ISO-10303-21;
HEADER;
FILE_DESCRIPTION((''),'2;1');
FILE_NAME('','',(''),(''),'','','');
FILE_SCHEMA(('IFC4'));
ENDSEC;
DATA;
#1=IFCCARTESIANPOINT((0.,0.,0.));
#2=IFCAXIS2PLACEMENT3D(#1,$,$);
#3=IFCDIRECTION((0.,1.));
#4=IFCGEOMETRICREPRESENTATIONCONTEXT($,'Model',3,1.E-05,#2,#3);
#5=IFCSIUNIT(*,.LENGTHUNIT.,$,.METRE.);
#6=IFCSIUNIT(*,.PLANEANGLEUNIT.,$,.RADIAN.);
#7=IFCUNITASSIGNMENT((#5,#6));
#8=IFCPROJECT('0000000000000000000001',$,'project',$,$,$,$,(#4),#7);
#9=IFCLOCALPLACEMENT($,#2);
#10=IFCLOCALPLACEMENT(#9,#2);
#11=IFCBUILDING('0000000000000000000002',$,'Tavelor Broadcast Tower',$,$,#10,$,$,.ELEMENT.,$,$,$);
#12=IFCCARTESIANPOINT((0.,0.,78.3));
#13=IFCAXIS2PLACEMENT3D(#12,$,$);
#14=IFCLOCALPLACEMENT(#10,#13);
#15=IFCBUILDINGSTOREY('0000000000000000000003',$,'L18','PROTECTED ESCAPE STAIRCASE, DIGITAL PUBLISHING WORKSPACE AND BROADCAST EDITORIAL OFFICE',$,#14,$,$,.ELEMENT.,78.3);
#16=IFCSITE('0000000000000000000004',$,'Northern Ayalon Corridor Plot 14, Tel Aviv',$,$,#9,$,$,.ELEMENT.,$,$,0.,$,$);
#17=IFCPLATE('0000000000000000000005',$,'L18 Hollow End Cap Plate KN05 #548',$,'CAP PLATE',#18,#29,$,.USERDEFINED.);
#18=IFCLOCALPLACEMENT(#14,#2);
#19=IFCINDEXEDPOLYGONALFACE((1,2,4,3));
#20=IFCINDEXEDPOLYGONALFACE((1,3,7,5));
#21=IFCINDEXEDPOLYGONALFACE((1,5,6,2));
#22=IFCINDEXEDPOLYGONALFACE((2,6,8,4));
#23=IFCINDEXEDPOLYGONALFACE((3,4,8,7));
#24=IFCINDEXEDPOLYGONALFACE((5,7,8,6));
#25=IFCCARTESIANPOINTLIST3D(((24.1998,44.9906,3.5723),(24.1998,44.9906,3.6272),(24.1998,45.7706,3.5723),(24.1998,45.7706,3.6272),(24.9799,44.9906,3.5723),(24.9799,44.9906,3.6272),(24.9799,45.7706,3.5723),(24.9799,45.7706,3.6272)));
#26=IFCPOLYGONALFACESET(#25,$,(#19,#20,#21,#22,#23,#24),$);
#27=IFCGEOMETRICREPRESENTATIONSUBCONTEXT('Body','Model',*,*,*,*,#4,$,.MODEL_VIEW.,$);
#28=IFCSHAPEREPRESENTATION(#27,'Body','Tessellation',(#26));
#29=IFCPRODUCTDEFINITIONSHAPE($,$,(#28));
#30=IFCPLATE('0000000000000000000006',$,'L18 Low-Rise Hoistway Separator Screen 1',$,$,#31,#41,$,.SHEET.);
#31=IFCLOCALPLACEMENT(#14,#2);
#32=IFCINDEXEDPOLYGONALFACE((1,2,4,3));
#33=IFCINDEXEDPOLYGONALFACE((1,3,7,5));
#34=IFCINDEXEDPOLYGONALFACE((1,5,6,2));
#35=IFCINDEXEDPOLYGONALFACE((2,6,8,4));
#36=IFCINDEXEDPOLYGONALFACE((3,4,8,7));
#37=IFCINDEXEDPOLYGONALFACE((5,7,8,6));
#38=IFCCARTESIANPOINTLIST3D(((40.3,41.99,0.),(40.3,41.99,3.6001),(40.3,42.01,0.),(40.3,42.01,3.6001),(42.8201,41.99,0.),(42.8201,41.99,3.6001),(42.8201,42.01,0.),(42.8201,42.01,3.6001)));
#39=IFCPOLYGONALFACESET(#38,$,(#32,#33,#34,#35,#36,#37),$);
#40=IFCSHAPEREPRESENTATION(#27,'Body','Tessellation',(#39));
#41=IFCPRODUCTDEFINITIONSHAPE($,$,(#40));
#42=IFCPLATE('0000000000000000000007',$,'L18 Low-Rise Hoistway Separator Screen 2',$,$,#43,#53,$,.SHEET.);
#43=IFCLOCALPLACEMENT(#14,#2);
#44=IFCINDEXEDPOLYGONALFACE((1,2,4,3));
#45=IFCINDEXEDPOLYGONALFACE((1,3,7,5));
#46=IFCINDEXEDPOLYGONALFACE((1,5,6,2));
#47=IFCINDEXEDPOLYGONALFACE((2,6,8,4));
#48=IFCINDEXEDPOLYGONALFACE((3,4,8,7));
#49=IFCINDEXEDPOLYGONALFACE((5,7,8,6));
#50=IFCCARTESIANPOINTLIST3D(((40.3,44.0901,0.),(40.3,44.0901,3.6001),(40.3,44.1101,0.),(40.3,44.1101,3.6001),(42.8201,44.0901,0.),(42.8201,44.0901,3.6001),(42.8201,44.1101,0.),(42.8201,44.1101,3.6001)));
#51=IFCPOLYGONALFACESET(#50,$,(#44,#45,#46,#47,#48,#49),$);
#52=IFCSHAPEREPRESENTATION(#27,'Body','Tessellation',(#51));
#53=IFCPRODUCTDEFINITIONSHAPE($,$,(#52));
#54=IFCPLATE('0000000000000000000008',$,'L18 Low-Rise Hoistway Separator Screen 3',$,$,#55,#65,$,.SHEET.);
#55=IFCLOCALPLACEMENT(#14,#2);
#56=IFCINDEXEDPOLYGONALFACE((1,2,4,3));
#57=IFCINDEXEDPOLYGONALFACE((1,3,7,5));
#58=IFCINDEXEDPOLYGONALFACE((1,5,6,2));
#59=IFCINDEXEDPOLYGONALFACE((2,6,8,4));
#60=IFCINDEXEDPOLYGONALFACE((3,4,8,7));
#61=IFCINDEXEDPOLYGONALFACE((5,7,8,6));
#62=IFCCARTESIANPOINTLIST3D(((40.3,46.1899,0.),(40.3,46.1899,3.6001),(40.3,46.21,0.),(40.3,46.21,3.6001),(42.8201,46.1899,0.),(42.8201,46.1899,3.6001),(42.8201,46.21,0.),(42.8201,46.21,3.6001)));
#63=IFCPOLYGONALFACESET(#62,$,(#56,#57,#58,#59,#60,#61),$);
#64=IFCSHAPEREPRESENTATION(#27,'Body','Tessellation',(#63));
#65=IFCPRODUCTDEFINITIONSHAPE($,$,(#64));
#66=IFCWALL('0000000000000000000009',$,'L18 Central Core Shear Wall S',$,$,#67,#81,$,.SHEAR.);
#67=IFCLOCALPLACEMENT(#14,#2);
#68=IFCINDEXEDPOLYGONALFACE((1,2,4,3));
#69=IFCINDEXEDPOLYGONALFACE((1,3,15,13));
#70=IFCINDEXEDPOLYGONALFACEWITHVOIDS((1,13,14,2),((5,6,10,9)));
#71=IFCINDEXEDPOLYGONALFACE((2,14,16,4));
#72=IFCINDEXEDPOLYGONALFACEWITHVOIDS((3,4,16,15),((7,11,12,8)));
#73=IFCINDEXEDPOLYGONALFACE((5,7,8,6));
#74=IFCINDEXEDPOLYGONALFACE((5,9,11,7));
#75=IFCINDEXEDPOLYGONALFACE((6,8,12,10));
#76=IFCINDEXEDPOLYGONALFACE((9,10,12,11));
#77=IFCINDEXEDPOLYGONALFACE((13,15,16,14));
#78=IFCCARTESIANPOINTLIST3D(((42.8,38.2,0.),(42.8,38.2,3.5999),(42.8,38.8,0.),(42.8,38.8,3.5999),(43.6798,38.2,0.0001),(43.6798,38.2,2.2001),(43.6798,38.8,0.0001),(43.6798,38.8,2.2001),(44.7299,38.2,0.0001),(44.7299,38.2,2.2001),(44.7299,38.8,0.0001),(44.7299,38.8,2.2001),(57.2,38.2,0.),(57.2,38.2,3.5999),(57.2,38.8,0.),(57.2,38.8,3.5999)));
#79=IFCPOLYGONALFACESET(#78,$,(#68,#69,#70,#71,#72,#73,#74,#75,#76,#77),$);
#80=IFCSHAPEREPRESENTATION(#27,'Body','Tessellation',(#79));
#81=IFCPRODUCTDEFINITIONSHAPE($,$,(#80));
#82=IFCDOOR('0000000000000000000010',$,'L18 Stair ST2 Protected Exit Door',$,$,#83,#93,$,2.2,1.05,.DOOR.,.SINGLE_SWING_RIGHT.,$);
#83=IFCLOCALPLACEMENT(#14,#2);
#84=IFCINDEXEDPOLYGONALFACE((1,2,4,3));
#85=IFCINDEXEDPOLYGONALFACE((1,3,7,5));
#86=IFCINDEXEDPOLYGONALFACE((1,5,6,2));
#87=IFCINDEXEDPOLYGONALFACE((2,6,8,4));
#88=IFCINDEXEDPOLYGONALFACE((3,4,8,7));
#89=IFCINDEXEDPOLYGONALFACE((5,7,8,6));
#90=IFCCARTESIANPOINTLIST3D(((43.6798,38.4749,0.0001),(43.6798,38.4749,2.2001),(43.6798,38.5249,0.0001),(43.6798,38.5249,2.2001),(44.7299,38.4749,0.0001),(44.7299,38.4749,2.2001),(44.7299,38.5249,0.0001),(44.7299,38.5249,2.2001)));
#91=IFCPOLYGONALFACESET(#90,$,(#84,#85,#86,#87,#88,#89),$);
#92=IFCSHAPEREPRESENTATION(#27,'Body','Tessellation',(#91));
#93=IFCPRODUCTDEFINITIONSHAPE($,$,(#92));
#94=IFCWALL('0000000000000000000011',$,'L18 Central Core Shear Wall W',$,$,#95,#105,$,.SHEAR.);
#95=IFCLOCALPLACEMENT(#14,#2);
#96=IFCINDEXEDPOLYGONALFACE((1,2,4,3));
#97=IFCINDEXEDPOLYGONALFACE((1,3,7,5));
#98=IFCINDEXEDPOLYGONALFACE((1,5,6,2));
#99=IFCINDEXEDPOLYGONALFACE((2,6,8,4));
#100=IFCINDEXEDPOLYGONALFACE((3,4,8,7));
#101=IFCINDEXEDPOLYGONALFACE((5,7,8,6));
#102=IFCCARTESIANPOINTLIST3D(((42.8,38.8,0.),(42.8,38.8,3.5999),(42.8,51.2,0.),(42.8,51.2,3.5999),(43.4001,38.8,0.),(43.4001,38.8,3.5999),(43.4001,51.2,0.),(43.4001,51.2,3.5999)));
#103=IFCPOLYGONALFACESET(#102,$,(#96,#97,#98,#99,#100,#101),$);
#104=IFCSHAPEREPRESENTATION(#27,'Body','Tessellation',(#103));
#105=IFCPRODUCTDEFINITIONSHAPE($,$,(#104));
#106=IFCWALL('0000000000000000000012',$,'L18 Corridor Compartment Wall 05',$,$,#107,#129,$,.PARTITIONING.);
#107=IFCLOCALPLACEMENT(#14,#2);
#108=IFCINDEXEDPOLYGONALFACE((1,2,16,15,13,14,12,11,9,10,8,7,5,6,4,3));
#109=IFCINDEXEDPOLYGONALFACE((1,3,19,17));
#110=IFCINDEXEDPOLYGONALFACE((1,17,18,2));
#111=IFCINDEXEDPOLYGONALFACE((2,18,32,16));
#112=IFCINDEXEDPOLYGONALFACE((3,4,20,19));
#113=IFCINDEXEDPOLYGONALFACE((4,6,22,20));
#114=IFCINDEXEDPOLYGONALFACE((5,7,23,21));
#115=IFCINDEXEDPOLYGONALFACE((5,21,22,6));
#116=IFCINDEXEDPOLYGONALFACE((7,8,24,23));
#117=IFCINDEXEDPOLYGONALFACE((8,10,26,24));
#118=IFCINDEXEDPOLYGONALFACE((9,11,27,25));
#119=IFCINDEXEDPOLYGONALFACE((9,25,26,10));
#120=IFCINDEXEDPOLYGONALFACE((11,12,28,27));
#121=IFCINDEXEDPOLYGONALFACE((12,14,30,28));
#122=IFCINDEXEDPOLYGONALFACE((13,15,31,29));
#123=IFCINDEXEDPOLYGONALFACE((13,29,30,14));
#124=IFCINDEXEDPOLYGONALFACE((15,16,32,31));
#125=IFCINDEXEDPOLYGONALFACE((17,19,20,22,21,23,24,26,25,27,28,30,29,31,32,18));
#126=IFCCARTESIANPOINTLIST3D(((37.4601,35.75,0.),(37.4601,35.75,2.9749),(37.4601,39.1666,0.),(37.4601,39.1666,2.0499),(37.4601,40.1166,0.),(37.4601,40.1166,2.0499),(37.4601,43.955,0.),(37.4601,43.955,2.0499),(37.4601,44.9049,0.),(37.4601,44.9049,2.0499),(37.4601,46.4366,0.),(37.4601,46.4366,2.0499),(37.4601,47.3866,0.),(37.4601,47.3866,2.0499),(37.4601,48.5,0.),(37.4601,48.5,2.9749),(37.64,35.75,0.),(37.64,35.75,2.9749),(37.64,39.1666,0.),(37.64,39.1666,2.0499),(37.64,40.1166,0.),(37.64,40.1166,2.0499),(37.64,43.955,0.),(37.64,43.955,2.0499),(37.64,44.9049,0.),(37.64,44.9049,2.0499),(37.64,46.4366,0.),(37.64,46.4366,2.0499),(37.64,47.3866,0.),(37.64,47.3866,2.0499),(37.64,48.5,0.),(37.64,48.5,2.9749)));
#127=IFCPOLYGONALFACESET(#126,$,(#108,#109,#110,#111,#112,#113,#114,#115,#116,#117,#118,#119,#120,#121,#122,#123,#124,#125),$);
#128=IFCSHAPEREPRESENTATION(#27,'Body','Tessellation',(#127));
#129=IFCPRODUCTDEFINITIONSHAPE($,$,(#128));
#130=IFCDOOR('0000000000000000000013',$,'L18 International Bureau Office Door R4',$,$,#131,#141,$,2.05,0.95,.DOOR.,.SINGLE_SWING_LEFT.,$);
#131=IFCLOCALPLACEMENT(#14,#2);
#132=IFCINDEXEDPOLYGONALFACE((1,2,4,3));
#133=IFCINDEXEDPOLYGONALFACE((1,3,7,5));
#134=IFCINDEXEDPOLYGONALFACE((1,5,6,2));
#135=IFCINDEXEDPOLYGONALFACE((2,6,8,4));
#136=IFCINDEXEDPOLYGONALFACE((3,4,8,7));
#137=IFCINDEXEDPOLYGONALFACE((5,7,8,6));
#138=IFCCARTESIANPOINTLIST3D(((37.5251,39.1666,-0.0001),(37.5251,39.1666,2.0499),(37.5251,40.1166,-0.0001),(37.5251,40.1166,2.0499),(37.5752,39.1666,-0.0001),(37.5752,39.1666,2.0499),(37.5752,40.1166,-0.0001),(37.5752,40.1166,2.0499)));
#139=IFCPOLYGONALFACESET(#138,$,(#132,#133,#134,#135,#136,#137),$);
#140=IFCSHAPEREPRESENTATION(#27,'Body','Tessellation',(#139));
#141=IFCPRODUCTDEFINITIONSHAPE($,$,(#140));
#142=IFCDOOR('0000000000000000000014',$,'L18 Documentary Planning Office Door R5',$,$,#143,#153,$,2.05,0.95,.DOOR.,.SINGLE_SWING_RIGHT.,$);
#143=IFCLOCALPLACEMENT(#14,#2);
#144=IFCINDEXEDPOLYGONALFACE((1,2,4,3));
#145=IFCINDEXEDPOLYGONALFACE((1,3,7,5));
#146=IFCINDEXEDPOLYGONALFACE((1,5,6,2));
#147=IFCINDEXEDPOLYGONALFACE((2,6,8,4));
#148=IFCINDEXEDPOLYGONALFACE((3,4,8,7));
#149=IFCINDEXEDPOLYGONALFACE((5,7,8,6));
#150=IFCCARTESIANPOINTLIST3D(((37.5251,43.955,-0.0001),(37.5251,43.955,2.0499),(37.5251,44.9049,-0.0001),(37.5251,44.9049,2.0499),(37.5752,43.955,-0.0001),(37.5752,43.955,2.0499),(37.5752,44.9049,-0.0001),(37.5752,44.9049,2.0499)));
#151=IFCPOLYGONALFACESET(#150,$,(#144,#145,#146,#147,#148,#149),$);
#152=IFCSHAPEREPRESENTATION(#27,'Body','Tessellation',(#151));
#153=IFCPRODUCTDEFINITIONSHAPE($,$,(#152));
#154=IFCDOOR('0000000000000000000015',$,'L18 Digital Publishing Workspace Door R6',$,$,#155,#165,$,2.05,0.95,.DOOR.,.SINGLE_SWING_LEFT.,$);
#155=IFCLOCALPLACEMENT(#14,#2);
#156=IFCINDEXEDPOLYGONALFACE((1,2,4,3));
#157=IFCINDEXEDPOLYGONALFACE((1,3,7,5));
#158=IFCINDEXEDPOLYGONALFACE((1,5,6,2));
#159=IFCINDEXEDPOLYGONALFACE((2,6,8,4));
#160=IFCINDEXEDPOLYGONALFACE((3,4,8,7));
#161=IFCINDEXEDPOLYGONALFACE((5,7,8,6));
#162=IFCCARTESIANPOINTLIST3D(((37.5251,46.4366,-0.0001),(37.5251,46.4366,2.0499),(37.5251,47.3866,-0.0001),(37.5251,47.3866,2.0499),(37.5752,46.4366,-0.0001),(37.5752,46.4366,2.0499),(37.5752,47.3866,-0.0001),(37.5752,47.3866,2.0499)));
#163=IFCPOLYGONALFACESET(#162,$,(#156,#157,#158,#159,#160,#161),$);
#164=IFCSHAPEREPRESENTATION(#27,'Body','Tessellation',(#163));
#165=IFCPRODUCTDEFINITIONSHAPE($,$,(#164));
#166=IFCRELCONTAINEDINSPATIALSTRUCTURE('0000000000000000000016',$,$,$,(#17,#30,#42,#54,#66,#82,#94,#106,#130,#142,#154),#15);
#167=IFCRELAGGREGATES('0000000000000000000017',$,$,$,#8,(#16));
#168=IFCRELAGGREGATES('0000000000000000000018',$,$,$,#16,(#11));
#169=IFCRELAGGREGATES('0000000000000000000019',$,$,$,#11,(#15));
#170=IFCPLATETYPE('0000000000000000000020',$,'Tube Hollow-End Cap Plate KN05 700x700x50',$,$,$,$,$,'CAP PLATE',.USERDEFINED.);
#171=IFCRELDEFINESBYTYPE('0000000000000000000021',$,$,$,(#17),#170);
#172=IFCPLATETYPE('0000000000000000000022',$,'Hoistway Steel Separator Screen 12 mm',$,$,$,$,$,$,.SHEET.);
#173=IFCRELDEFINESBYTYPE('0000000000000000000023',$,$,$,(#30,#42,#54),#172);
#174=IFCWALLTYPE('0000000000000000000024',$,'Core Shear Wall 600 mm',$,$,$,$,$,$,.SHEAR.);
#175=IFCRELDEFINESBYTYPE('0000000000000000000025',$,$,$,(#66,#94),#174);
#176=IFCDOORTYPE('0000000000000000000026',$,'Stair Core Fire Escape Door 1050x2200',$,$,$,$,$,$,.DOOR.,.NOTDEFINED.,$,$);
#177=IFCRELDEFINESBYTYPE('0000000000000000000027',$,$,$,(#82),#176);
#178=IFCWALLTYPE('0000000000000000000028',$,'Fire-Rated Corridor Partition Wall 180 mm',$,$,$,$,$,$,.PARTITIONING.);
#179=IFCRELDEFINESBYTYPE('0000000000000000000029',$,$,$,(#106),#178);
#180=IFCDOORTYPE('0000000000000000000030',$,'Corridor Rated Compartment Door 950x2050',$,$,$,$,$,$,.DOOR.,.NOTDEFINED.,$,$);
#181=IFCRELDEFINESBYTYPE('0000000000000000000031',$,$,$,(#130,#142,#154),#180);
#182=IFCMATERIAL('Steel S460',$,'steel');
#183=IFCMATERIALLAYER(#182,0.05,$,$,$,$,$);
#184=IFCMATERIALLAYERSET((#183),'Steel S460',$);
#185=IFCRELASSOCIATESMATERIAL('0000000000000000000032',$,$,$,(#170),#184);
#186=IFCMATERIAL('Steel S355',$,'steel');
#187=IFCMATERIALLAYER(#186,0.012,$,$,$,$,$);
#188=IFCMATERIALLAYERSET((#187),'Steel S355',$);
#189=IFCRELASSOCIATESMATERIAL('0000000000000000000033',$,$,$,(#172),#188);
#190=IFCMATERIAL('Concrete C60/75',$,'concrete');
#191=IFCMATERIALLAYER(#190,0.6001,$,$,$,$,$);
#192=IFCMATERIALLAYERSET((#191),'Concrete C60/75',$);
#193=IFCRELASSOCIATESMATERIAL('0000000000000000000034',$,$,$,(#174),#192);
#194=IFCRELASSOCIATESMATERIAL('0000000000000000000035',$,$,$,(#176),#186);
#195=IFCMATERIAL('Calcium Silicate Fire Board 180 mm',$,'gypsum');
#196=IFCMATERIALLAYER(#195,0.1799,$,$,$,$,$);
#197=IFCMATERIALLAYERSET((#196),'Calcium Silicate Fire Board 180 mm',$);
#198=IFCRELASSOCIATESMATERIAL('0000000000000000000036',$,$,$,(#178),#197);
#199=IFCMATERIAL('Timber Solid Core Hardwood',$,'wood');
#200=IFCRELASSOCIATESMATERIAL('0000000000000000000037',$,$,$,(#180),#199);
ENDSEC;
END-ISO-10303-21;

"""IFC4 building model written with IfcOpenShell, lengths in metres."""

from ifc_helpers import new_model, si_unit, direction, frame, frame_2d, origin, origin_2d, place, context, subcontext, project, spatial, rectangle, extrude, source, transform, mapped, material, layer, layer_set, type_object, type_shapes, element, fill, save


model = new_model("IFC4")

# Units and contexts
model_context = context("Model", 3, precision=1e-05, world=origin(), true_north=direction((0.0, 1.0)))
body_context = subcontext(model_context, "Body", "Model", "MODEL_VIEW")
ifc_project = project(units=[si_unit("LENGTHUNIT", "METRE"), si_unit("PLANEANGLEUNIT", "RADIAN")], contexts=[model_context])

# Site, building, storey
site_placement = place(None, origin())
site = spatial("IfcSite", under=ifc_project, at=site_placement, Name="Northern Ayalon Corridor Plot 14, Tel Aviv", CompositionType="ELEMENT", RefElevation=0.0)
building_placement = place(site_placement, origin())
building = spatial("IfcBuilding", under=site, at=building_placement, Name="Tavelor Broadcast Tower", CompositionType="ELEMENT")
storey_placement = place(building_placement, frame((0.0, 0.0, 78.3)))
storey = spatial("IfcBuildingStorey", under=building, at=storey_placement, Name="L18", Description="PROTECTED ESCAPE STAIRCASE, DIGITAL PUBLISHING WORKSPACE AND BROADCAST EDITORIAL OFFICE", CompositionType="ELEMENT", Elevation=78.3)

# Shared definitions
ifc_material_1 = material(Name="Concrete C60/75", Category="concrete")

# Shared definitions
ifc_material_2 = material(Name="Steel S355", Category="steel")

# Plates
ifc_material_3 = material(Name="Steel S460", Category="steel")
ifc_layer_1 = layer(ifc_material_3, 0.05)
ifc_layer_set_1 = layer_set([ifc_layer_1], Name="Steel S460")
plate_type_1 = type_object("IfcPlateType", Name="Tube Hollow-End Cap Plate KN05 700x700x50", ElementType="CAP PLATE", PredefinedType="USERDEFINED", material=ifc_layer_set_1)
shared_shape_1 = source(origin(), body_context, "Body", "SweptSolid", [
    extrude(rectangle(XDim=0.78, YDim=0.78, at=origin_2d()), origin(), (0.0, 0.0, 1.0), 0.0549),
])
type_shapes(plate_type_1, [shared_shape_1])
plate_placement = place(storey_placement, frame((24.5898, 45.3806, 3.5723), z_axis=(0.0, 0.0, 1.0), x_axis=(1.0, 0.0, 0.0)))
element("IfcPlate", 1, at=plate_placement, inside=storey, type_object=plate_type_1, Name="L18 Hollow End Cap Plate KN05 #548", ObjectType="CAP PLATE", PredefinedType="USERDEFINED", context=body_context, shape_type="MappedRepresentation", body=[
    mapped(shared_shape_1, transform((0.0, 0.0, 0.0), scale=1.0)),
])
ifc_layer_2 = layer(ifc_material_2, 0.012)
ifc_layer_set_2 = layer_set([ifc_layer_2], Name="Steel S355")
plate_type_2 = type_object("IfcPlateType", Name="Hoistway Steel Separator Screen 12 mm", PredefinedType="SHEET", material=ifc_layer_set_2)
shared_shape_2 = source(origin(), body_context, "Body", "SweptSolid", [
    extrude(rectangle(XDim=2.52, YDim=0.02, at=origin_2d()), origin(), (0.0, 0.0, 1.0), 3.6001),
])
type_shapes(plate_type_2, [shared_shape_2])
for number, where, z_axis, x_axis, name in (
    (2, (41.5601, 42.0, 0.0), (0.0, 0.0, 1.0), (1.0, 0.0, 0.0), "L18 Low-Rise Hoistway Separator Screen 1"),
    (3, (41.5601, 44.1001, 0.0), (0.0, 0.0, 1.0), (1.0, 0.0, 0.0), "L18 Low-Rise Hoistway Separator Screen 2"),
    (4, (41.5601, 46.2, 0.0), (0.0, 0.0, 1.0), (1.0, 0.0, 0.0), "L18 Low-Rise Hoistway Separator Screen 3"),
):
    element("IfcPlate", number, at=place(storey_placement, frame(where, z_axis=z_axis, x_axis=x_axis)), inside=storey, type_object=plate_type_2, Name=name, PredefinedType="SHEET", context=body_context, shape_type="MappedRepresentation", body=[
        mapped(shared_shape_2, transform((0.0, 0.0, 0.0), scale=1.0)),
    ])

# Wall, opening, door
ifc_layer_3 = layer(ifc_material_1, 0.6001)
ifc_layer_set_3 = layer_set([ifc_layer_3], Name="Concrete C60/75")
wall_type_1 = type_object("IfcWallType", Name="Core Shear Wall 600 mm", PredefinedType="SHEAR", material=ifc_layer_set_3)
wall_1_placement = place(storey_placement, frame((42.8, 38.5, 0.0), z_axis=(0.0, 0.0, 1.0), x_axis=(1.0, 0.0, 0.0)))
wall_1 = element("IfcWall", 5, at=wall_1_placement, inside=storey, type_object=wall_type_1, Name="L18 Central Core Shear Wall S", PredefinedType="SHEAR", context=body_context, shape_type="SweptSolid", body=[
    extrude(rectangle(XDim=14.3999, YDim=0.6001, at=frame_2d((7.2, 0.0))), origin(), (0.0, 0.0, 1.0), 3.5999),
])
opening_1_placement = place(wall_1_placement, frame((0.8799, 0.0, 0.0)))
opening_1 = element("IfcOpeningElement", 6, at=opening_1_placement, cuts=wall_1, PredefinedType="OPENING", context=body_context, shape_type="SweptSolid", body=[
    extrude(rectangle(XDim=1.05, YDim=2.2, at=frame_2d((0.5249, 1.1001))), frame((0.0, 0.3101, 0.0), z_axis=(0.0, -1.0, 0.0), x_axis=(1.0, 0.0, 0.0)), (0.0, 0.0, 1.0), 0.6201),
])
door_type_1 = type_object("IfcDoorType", Name="Stair Core Fire Escape Door 1050x2200", OperationType="NOTDEFINED", PredefinedType="DOOR", material=ifc_material_2)
door_1_placement = place(opening_1_placement, origin())
door_1 = element("IfcDoor", 7, at=door_1_placement, inside=storey, type_object=door_type_1, Name="L18 Stair ST2 Protected Exit Door", OperationType="SINGLE_SWING_RIGHT", OverallHeight=2.2, OverallWidth=1.05, PredefinedType="DOOR", context=body_context, shape_type="SweptSolid", body=[
    extrude(rectangle(XDim=1.05, YDim=2.2, at=frame_2d((0.5249, 1.1001))), frame((0.0, 0.0249, 0.0), z_axis=(0.0, -1.0, 0.0), x_axis=(1.0, 0.0, 0.0)), (0.0, 0.0, 1.0), 0.05),
])
fill(opening_1, door_1)

# Wall
wall_2_placement = place(storey_placement, frame((43.1001, 38.8, 0.0), z_axis=(0.0, 0.0, 1.0), x_axis=(0.0, 1.0, 0.0)))
element("IfcWall", 8, at=wall_2_placement, inside=storey, type_object=wall_type_1, Name="L18 Central Core Shear Wall W", PredefinedType="SHEAR", context=body_context, shape_type="SweptSolid", body=[
    extrude(rectangle(XDim=12.3999, YDim=0.6001, at=frame_2d((6.2, 0.0))), origin(), (0.0, 0.0, 1.0), 3.5999),
])

# Wall, openings, doors
ifc_material_4 = material(Name="Calcium Silicate Fire Board 180 mm", Category="gypsum")
ifc_layer_4 = layer(ifc_material_4, 0.1799)
ifc_layer_set_4 = layer_set([ifc_layer_4], Name="Calcium Silicate Fire Board 180 mm")
wall_type_2 = type_object("IfcWallType", Name="Fire-Rated Corridor Partition Wall 180 mm", PredefinedType="PARTITIONING", material=ifc_layer_set_4)
wall_3_placement = place(storey_placement, frame((37.55, 35.75, 0.0), z_axis=(0.0, 0.0, 1.0), x_axis=(0.0, 1.0, 0.0)))
wall_3 = element("IfcWall", 9, at=wall_3_placement, inside=storey, type_object=wall_type_2, Name="L18 Corridor Compartment Wall 05", PredefinedType="PARTITIONING", context=body_context, shape_type="SweptSolid", body=[
    extrude(rectangle(XDim=12.75, YDim=0.1799, at=frame_2d((6.375, 0.0))), origin(), (0.0, 0.0, 1.0), 2.9749),
])
opening_2_placement = place(wall_3_placement, frame((3.4165, 0.0, 0.0)))
opening_2 = element("IfcOpeningElement", 10, at=opening_2_placement, cuts=wall_3, PredefinedType="OPENING", context=body_context, shape_type="SweptSolid", body=[
    extrude(rectangle(XDim=0.95, YDim=2.05, at=frame_2d((0.4751, 1.0249))), frame((0.0, 0.1001, 0.0), z_axis=(0.0, -1.0, 0.0), x_axis=(1.0, 0.0, 0.0)), (0.0, 0.0, 1.0), 0.2),
])
opening_3_placement = place(wall_3_placement, frame((8.2048, 0.0, 0.0)))
opening_3 = element("IfcOpeningElement", 11, at=opening_3_placement, cuts=wall_3, PredefinedType="OPENING", context=body_context, shape_type="SweptSolid", body=[
    extrude(rectangle(XDim=0.95, YDim=2.05, at=frame_2d((0.4751, 1.0249))), frame((0.0, 0.1001, 0.0), z_axis=(0.0, -1.0, 0.0), x_axis=(1.0, 0.0, 0.0)), (0.0, 0.0, 1.0), 0.2),
])
opening_4_placement = place(wall_3_placement, frame((10.6865, 0.0, 0.0)))
opening_4 = element("IfcOpeningElement", 12, at=opening_4_placement, cuts=wall_3, PredefinedType="OPENING", context=body_context, shape_type="SweptSolid", body=[
    extrude(rectangle(XDim=0.95, YDim=2.05, at=frame_2d((0.4751, 1.0249))), frame((0.0, 0.1001, 0.0), z_axis=(0.0, -1.0, 0.0), x_axis=(1.0, 0.0, 0.0)), (0.0, 0.0, 1.0), 0.2),
])
ifc_material_5 = material(Name="Timber Solid Core Hardwood", Category="wood")
door_type_2 = type_object("IfcDoorType", Name="Corridor Rated Compartment Door 950x2050", OperationType="NOTDEFINED", PredefinedType="DOOR", material=ifc_material_5)
door_2_placement = place(opening_2_placement, origin())
door_2 = element("IfcDoor", 13, at=door_2_placement, inside=storey, type_object=door_type_2, Name="L18 International Bureau Office Door R4", OperationType="SINGLE_SWING_LEFT", OverallHeight=2.05, OverallWidth=0.95, PredefinedType="DOOR", context=body_context, shape_type="SweptSolid", body=[
    extrude(rectangle(XDim=0.95, YDim=2.05, at=frame_2d((0.4751, 1.0249))), frame((0.0, 0.0249, 0.0), z_axis=(0.0, -1.0, 0.0), x_axis=(1.0, 0.0, 0.0)), (0.0, 0.0, 1.0), 0.05),
])
fill(opening_2, door_2)
door_3_placement = place(opening_3_placement, origin())
door_3 = element("IfcDoor", 14, at=door_3_placement, inside=storey, type_object=door_type_2, Name="L18 Documentary Planning Office Door R5", OperationType="SINGLE_SWING_RIGHT", OverallHeight=2.05, OverallWidth=0.95, PredefinedType="DOOR", context=body_context, shape_type="SweptSolid", body=[
    extrude(rectangle(XDim=0.95, YDim=2.05, at=frame_2d((0.4751, 1.0249))), frame((0.0, 0.0249, 0.0), z_axis=(0.0, -1.0, 0.0), x_axis=(1.0, 0.0, 0.0)), (0.0, 0.0, 1.0), 0.05),
])
fill(opening_3, door_3)
door_4_placement = place(opening_4_placement, origin())
door_4 = element("IfcDoor", 15, at=door_4_placement, inside=storey, type_object=door_type_2, Name="L18 Digital Publishing Workspace Door R6", OperationType="SINGLE_SWING_LEFT", OverallHeight=2.05, OverallWidth=0.95, PredefinedType="DOOR", context=body_context, shape_type="SweptSolid", body=[
    extrude(rectangle(XDim=0.95, YDim=2.05, at=frame_2d((0.4751, 1.0249))), frame((0.0, 0.0249, 0.0), z_axis=(0.0, -1.0, 0.0), x_axis=(1.0, 0.0, 0.0)), (0.0, 0.0, 1.0), 0.05),
])
fill(opening_4, door_4)

save(model, "model.ifc")
